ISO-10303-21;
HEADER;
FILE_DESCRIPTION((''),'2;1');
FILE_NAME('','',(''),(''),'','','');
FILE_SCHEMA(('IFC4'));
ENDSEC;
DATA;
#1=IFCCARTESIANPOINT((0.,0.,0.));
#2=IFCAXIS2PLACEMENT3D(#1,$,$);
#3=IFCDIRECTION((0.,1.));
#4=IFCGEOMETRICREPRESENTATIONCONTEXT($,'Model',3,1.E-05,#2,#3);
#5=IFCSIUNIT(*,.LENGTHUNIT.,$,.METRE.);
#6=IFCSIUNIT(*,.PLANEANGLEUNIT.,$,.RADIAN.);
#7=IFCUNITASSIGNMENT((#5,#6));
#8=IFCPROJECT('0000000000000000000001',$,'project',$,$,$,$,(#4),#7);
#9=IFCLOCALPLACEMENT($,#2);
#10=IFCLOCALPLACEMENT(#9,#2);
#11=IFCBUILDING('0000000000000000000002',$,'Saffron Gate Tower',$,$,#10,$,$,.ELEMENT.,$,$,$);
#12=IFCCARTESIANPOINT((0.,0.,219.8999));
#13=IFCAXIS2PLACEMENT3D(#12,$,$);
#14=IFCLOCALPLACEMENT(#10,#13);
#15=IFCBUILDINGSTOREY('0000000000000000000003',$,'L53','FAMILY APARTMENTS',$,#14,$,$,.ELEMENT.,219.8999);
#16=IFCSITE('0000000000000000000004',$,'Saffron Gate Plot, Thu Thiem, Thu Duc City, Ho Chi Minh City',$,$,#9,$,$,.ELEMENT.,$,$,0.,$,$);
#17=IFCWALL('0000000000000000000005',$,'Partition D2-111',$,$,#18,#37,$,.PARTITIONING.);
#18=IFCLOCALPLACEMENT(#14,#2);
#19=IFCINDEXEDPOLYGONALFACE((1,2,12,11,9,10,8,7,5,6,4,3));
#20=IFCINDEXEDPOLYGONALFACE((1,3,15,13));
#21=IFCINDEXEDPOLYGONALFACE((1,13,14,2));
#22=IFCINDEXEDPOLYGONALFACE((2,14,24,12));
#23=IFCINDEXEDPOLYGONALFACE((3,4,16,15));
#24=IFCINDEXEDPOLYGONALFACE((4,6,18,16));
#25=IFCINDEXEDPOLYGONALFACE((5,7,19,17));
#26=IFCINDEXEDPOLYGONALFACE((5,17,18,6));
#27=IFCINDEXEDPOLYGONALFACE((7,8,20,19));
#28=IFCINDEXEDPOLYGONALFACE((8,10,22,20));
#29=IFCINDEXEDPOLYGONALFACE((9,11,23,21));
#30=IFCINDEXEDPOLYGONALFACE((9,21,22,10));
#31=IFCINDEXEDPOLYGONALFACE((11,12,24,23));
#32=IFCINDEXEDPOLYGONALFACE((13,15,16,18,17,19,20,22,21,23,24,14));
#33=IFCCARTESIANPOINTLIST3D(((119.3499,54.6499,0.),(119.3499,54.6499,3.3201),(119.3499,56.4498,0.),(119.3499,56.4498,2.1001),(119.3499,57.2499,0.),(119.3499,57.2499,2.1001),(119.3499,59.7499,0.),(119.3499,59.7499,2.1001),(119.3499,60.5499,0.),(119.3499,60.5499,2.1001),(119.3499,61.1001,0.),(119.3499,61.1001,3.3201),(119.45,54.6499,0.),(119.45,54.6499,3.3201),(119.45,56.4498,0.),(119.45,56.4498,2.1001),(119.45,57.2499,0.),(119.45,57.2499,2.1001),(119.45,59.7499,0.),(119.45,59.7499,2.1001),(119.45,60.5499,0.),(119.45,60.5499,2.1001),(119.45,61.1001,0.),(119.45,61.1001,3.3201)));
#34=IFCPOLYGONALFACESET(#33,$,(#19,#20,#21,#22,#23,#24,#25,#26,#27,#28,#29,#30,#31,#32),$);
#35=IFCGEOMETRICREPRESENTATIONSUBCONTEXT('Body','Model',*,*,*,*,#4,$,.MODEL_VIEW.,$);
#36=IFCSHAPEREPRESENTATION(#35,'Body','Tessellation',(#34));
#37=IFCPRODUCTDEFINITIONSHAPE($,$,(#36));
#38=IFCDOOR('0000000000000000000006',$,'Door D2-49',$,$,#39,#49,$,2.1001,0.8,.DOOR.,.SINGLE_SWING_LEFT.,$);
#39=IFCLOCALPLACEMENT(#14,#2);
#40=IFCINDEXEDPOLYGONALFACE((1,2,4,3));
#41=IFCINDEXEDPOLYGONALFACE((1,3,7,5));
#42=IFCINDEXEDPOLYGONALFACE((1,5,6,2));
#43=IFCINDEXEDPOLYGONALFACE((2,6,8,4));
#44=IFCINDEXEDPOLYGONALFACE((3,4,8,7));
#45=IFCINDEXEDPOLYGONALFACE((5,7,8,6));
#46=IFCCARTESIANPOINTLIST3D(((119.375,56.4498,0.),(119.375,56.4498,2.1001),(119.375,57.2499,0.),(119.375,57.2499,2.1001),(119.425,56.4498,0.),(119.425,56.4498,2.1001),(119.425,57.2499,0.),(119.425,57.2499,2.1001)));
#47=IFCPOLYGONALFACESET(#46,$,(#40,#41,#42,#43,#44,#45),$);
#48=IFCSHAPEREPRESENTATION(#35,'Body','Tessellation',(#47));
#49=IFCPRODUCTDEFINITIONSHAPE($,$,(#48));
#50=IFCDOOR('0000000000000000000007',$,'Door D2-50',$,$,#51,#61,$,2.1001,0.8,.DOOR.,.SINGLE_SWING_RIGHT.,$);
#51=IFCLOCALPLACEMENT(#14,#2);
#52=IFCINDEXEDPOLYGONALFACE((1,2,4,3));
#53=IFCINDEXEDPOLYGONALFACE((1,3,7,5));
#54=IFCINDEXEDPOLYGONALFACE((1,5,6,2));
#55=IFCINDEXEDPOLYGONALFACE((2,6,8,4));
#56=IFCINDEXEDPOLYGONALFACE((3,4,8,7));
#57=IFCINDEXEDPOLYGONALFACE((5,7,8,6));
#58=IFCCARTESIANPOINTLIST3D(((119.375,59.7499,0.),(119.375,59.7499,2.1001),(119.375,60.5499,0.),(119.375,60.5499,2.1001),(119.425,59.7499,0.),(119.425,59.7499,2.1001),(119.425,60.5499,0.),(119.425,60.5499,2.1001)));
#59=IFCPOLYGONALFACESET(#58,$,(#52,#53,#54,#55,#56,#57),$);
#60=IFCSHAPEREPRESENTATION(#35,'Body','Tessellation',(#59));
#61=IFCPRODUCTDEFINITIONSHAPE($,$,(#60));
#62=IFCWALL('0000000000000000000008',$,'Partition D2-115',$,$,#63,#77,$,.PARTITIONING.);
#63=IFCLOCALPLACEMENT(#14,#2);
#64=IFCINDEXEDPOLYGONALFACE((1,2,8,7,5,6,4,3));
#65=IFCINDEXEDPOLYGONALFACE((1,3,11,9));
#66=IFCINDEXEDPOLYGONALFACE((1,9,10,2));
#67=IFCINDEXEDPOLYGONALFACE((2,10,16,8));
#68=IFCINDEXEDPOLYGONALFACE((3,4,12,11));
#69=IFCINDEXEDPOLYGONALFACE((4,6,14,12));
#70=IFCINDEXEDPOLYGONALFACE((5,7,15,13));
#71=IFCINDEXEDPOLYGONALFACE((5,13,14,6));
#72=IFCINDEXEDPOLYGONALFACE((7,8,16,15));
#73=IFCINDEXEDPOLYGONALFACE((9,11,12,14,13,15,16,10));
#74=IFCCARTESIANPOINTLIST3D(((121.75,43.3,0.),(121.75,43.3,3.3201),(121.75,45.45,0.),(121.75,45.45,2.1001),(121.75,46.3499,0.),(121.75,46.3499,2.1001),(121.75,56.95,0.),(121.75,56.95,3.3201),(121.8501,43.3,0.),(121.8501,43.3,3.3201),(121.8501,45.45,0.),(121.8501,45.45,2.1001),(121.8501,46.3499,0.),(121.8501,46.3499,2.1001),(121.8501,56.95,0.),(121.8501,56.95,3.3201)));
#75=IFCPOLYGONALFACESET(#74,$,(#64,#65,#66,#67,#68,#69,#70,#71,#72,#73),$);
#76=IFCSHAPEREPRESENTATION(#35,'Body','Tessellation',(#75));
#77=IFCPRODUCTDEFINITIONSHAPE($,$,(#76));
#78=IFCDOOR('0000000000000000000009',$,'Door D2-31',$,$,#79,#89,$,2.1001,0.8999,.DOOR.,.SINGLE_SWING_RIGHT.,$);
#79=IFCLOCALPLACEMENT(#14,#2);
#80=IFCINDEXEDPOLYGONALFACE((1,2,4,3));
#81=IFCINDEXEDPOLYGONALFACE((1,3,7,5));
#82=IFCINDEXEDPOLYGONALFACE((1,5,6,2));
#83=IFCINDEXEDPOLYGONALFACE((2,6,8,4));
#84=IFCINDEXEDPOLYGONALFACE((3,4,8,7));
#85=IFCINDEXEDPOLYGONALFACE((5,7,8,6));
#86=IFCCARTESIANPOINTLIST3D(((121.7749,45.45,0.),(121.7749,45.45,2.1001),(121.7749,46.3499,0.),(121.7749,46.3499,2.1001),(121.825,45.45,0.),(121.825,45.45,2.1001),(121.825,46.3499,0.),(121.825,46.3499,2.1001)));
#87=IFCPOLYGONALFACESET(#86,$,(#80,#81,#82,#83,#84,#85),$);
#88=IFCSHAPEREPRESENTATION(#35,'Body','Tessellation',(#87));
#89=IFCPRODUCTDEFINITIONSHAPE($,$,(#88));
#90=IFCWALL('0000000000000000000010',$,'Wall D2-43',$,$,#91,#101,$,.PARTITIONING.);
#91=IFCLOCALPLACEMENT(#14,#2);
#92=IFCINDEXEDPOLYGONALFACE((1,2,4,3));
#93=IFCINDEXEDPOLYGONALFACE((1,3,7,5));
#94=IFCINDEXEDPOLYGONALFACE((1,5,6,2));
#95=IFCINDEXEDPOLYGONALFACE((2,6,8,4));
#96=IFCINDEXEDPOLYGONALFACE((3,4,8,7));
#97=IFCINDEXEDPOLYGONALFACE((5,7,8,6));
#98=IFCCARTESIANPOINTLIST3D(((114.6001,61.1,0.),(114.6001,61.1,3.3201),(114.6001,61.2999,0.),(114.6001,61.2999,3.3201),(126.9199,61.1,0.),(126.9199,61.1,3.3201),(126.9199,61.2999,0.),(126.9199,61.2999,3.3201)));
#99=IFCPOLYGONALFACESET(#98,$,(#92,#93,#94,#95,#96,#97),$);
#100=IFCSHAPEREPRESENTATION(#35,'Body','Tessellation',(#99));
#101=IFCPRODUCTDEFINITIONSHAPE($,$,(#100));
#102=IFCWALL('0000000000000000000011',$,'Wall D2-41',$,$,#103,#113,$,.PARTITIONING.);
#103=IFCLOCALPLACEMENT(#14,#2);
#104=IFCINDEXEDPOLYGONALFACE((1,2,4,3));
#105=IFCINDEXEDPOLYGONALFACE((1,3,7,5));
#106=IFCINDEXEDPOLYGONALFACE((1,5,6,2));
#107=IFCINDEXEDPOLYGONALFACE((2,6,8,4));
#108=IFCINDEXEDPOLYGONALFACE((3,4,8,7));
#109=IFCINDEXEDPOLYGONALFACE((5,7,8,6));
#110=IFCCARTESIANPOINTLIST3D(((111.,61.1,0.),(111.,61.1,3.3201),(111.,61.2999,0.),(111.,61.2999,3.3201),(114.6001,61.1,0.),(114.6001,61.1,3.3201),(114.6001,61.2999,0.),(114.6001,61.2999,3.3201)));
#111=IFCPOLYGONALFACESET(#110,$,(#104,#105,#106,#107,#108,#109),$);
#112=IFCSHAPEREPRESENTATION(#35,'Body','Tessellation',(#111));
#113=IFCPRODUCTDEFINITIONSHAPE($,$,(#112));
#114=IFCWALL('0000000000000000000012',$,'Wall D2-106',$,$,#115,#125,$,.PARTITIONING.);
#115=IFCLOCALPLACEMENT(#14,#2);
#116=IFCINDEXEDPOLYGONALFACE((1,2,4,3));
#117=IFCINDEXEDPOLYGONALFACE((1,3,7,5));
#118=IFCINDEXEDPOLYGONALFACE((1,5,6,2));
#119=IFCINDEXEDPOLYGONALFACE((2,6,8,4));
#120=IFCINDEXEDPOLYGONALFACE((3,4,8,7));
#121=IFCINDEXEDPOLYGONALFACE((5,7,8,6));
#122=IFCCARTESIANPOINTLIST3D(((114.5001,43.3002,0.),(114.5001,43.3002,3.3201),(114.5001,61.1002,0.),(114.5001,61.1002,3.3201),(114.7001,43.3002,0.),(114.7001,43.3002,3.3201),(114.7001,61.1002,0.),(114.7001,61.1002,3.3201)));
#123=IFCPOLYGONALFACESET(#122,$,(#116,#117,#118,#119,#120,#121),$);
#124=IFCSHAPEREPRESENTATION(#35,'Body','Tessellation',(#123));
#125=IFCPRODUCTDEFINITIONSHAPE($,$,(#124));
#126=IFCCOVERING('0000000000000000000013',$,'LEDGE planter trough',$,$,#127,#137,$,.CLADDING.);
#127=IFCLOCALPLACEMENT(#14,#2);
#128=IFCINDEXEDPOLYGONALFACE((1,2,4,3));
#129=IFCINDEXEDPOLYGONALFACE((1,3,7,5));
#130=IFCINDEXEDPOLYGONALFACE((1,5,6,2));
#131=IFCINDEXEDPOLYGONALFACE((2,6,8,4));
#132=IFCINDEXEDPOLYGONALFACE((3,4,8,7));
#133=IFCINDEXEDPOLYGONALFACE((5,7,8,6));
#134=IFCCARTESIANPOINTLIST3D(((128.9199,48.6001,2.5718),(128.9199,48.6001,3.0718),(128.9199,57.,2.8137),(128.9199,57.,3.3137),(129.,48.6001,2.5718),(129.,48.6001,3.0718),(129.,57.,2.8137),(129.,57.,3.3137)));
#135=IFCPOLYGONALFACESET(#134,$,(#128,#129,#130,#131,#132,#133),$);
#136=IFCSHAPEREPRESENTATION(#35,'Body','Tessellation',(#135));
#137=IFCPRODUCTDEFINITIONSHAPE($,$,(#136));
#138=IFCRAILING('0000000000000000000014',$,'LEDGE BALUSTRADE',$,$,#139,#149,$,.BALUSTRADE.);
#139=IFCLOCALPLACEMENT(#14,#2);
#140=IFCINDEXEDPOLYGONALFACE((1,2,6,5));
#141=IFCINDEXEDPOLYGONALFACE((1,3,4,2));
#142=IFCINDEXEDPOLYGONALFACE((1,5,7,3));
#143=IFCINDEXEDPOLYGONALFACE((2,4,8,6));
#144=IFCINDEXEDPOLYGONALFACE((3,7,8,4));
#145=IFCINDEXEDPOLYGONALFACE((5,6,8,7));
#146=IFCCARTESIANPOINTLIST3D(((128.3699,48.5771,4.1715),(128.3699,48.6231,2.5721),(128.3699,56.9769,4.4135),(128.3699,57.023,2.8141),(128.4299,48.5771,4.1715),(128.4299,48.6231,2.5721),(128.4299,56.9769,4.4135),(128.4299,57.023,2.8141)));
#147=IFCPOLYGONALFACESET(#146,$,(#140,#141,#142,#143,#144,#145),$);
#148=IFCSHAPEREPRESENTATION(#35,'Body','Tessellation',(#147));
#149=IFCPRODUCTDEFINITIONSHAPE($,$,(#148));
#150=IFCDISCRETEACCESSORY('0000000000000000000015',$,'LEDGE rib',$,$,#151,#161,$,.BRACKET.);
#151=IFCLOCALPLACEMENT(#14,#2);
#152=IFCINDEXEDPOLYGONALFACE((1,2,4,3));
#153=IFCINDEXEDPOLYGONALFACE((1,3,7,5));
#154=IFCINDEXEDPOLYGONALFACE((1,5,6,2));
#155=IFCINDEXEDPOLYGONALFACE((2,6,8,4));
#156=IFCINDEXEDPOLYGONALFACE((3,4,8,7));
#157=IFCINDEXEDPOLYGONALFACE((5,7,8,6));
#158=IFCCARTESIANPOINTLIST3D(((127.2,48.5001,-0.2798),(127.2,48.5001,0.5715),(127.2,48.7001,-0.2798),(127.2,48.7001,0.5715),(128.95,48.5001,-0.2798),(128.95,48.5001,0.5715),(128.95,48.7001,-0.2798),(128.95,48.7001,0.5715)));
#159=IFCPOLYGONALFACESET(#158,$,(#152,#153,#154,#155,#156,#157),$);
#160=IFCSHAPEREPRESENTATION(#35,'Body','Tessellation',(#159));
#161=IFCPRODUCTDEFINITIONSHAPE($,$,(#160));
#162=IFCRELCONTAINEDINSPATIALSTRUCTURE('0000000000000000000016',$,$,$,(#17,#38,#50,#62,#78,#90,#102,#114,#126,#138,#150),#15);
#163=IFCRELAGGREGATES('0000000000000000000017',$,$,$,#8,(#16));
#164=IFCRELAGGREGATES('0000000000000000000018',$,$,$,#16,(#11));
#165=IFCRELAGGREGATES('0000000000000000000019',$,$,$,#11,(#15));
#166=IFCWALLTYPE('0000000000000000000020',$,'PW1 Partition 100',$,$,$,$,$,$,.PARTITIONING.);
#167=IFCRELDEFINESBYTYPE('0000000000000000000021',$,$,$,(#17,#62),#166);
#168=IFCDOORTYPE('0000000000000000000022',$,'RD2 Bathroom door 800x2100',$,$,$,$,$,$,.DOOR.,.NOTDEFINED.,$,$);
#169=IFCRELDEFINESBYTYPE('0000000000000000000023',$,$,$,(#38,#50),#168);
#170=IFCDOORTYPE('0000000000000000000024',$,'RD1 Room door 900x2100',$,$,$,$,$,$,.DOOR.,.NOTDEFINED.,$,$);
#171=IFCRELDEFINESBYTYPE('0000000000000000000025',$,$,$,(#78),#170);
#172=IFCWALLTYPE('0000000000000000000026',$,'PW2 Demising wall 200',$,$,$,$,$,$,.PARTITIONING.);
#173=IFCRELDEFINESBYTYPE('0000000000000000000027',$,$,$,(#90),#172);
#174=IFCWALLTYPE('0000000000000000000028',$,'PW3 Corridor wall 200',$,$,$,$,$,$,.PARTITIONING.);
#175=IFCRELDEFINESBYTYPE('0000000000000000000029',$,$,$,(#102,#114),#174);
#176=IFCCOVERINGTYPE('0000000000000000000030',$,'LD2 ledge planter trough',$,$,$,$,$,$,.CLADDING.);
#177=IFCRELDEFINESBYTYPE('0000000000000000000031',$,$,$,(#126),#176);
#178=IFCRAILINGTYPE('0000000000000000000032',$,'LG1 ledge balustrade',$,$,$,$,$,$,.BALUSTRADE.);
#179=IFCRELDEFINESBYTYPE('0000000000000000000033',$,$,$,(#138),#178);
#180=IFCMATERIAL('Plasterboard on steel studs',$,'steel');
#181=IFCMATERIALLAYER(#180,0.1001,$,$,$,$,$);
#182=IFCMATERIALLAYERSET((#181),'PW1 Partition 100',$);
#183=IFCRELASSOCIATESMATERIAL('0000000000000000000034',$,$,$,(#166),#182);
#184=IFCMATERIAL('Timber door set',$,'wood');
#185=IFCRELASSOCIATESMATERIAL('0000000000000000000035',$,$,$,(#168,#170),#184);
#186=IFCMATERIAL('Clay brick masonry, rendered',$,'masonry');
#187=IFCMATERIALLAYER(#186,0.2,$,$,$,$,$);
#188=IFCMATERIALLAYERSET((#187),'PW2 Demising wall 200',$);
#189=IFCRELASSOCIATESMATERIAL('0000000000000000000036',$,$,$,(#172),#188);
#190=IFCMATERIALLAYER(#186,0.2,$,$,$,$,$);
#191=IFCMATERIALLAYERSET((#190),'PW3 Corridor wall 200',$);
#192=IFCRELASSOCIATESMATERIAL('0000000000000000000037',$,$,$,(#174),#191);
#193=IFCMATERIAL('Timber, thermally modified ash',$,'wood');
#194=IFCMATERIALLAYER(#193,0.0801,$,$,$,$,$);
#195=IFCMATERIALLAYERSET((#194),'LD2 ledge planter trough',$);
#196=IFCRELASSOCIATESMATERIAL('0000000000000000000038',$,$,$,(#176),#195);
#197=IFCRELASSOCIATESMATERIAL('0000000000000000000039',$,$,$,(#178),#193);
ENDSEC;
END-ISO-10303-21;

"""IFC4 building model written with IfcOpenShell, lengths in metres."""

from ifc_helpers import new_model, si_unit, direction, frame, frame_2d, origin, origin_2d, place, context, subcontext, project, spatial, polyline, rectangle, outline, extrude, material, layer, layer_set, type_object, element, fill, save


model = new_model("IFC4")

# Units and contexts
model_context = context("Model", 3, precision=1e-05, world=origin(), true_north=direction((0.0, 1.0)))
body_context = subcontext(model_context, "Body", "Model", "MODEL_VIEW")
ifc_project = project(units=[si_unit("LENGTHUNIT", "METRE"), si_unit("PLANEANGLEUNIT", "RADIAN")], contexts=[model_context])

# Site, building, storey
site_placement = place(None, origin())
site = spatial("IfcSite", under=ifc_project, at=site_placement, Name="Saffron Gate Plot, Thu Thiem, Thu Duc City, Ho Chi Minh City", CompositionType="ELEMENT", RefElevation=0.0)
building_placement = place(site_placement, origin())
building = spatial("IfcBuilding", under=site, at=building_placement, Name="Saffron Gate Tower", CompositionType="ELEMENT")
storey_placement = place(building_placement, frame((0.0, 0.0, 219.8999)))
storey = spatial("IfcBuildingStorey", under=building, at=storey_placement, Name="L53", Description="FAMILY APARTMENTS", CompositionType="ELEMENT", Elevation=219.8999)

# Shared definitions
ifc_material_1 = material(Name="Plasterboard on steel studs", Category="steel")
ifc_layer_1 = layer(ifc_material_1, 0.1001)
ifc_layer_set_1 = layer_set([ifc_layer_1], Name="PW1 Partition 100")
wall_type_1 = type_object("IfcWallType", Name="PW1 Partition 100", PredefinedType="PARTITIONING", material=ifc_layer_set_1)

# Shared definitions
ifc_material_2 = material(Name="Timber door set", Category="wood")
door_type_1 = type_object("IfcDoorType", Name="RD2 Bathroom door 800x2100", OperationType="NOTDEFINED", PredefinedType="DOOR", material=ifc_material_2)
door_type_2 = type_object("IfcDoorType", Name="RD1 Room door 900x2100", OperationType="NOTDEFINED", PredefinedType="DOOR", material=ifc_material_2)

# Wall, openings, doors
wall_1_placement = place(storey_placement, frame((119.3999, 54.6499, 0.0), z_axis=(0.0, 0.0, 1.0), x_axis=(0.0, 1.0, 0.0)))
wall_1 = element("IfcWall", 1, at=wall_1_placement, inside=storey, type_object=wall_type_1, Name="Partition D2-111", PredefinedType="PARTITIONING", context=body_context, shape_type="SweptSolid", body=[
    extrude(rectangle(XDim=6.4502, YDim=0.1001, at=frame_2d((3.2251, 0.0))), origin(), (0.0, 0.0, 1.0), 3.3201),
])
opening_1_placement = place(wall_1_placement, frame((1.8, 0.0, 0.0)))
opening_1 = element("IfcOpeningElement", 2, at=opening_1_placement, cuts=wall_1, PredefinedType="OPENING", context=body_context, shape_type="SweptSolid", body=[
    extrude(rectangle(XDim=0.8, YDim=2.1001, at=frame_2d((0.3999, 1.05))), frame((0.0, 0.0601, 0.0), z_axis=(0.0, -1.0, 0.0), x_axis=(1.0, 0.0, 0.0)), (0.0, 0.0, 1.0), 0.1201),
])
opening_2_placement = place(wall_1_placement, frame((5.1001, 0.0, 0.0)))
opening_2 = element("IfcOpeningElement", 3, at=opening_2_placement, cuts=wall_1, PredefinedType="OPENING", context=body_context, shape_type="SweptSolid", body=[
    extrude(rectangle(XDim=0.8, YDim=2.1001, at=frame_2d((0.3999, 1.05))), frame((0.0, 0.0601, 0.0), z_axis=(0.0, -1.0, 0.0), x_axis=(1.0, 0.0, 0.0)), (0.0, 0.0, 1.0), 0.1201),
])
door_1_placement = place(opening_1_placement, origin())
door_1 = element("IfcDoor", 4, at=door_1_placement, inside=storey, type_object=door_type_1, Name="Door D2-49", OperationType="SINGLE_SWING_LEFT", OverallHeight=2.1001, OverallWidth=0.8, PredefinedType="DOOR", context=body_context, shape_type="SweptSolid", body=[
    extrude(rectangle(XDim=0.8, YDim=2.1001, at=frame_2d((0.3999, 1.05))), frame((0.0, 0.0249, 0.0), z_axis=(0.0, -1.0, 0.0), x_axis=(1.0, 0.0, 0.0)), (0.0, 0.0, 1.0), 0.05),
])
fill(opening_1, door_1)
door_2_placement = place(opening_2_placement, origin())
door_2 = element("IfcDoor", 5, at=door_2_placement, inside=storey, type_object=door_type_1, Name="Door D2-50", OperationType="SINGLE_SWING_RIGHT", OverallHeight=2.1001, OverallWidth=0.8, PredefinedType="DOOR", context=body_context, shape_type="SweptSolid", body=[
    extrude(rectangle(XDim=0.8, YDim=2.1001, at=frame_2d((0.3999, 1.05))), frame((0.0, 0.0249, 0.0), z_axis=(0.0, -1.0, 0.0), x_axis=(1.0, 0.0, 0.0)), (0.0, 0.0, 1.0), 0.05),
])
fill(opening_2, door_2)

# Wall, opening, door
wall_2_placement = place(storey_placement, frame((121.8, 56.95, 0.0), z_axis=(0.0, 0.0, 1.0), x_axis=(0.0, -1.0, 0.0)))
wall_2 = element("IfcWall", 6, at=wall_2_placement, inside=storey, type_object=wall_type_1, Name="Partition D2-115", PredefinedType="PARTITIONING", context=body_context, shape_type="SweptSolid", body=[
    extrude(rectangle(XDim=13.6499, YDim=0.1001, at=frame_2d((6.825, 0.0))), origin(), (0.0, 0.0, 1.0), 3.3201),
])
opening_3_placement = place(wall_2_placement, frame((10.6001, 0.0, 0.0)))
opening_3 = element("IfcOpeningElement", 7, at=opening_3_placement, cuts=wall_2, PredefinedType="OPENING", context=body_context, shape_type="SweptSolid", body=[
    extrude(rectangle(XDim=0.8999, YDim=2.1001, at=frame_2d((0.45, 1.05))), frame((0.0, 0.0601, 0.0), z_axis=(0.0, -1.0, 0.0), x_axis=(1.0, 0.0, 0.0)), (0.0, 0.0, 1.0), 0.1201),
])
door_3_placement = place(opening_3_placement, origin())
door_3 = element("IfcDoor", 8, at=door_3_placement, inside=storey, type_object=door_type_2, Name="Door D2-31", OperationType="SINGLE_SWING_RIGHT", OverallHeight=2.1001, OverallWidth=0.8999, PredefinedType="DOOR", context=body_context, shape_type="SweptSolid", body=[
    extrude(rectangle(XDim=0.8999, YDim=2.1001, at=frame_2d((0.45, 1.05))), frame((0.0, 0.0249, 0.0), z_axis=(0.0, -1.0, 0.0), x_axis=(1.0, 0.0, 0.0)), (0.0, 0.0, 1.0), 0.05),
])
fill(opening_3, door_3)

# Walls
ifc_material_3 = material(Name="Clay brick masonry, rendered", Category="masonry")
ifc_layer_2 = layer(ifc_material_3, 0.2)
ifc_layer_set_2 = layer_set([ifc_layer_2], Name="PW2 Demising wall 200")
wall_type_2 = type_object("IfcWallType", Name="PW2 Demising wall 200", PredefinedType="PARTITIONING", material=ifc_layer_set_2)
wall_3_placement = place(storey_placement, frame((114.6001, 61.2, 0.0), z_axis=(0.0, 0.0, 1.0), x_axis=(1.0, 0.0, 0.0)))
element("IfcWall", 9, at=wall_3_placement, inside=storey, type_object=wall_type_2, Name="Wall D2-43", PredefinedType="PARTITIONING", context=body_context, shape_type="SweptSolid", body=[
    extrude(rectangle(XDim=12.3198, YDim=0.2, at=frame_2d((6.1599, 0.0))), origin(), (0.0, 0.0, 1.0), 3.3201),
])
ifc_layer_3 = layer(ifc_material_3, 0.2)
ifc_layer_set_3 = layer_set([ifc_layer_3], Name="PW3 Corridor wall 200")
wall_type_3 = type_object("IfcWallType", Name="PW3 Corridor wall 200", PredefinedType="PARTITIONING", material=ifc_layer_set_3)
wall_4_placement = place(storey_placement, frame((111.0, 61.2, 0.0), z_axis=(0.0, 0.0, 1.0), x_axis=(1.0, 0.0, 0.0)))
element("IfcWall", 10, at=wall_4_placement, inside=storey, type_object=wall_type_3, Name="Wall D2-41", PredefinedType="PARTITIONING", context=body_context, shape_type="SweptSolid", body=[
    extrude(rectangle(XDim=3.6001, YDim=0.2, at=frame_2d((1.8, 0.0))), origin(), (0.0, 0.0, 1.0), 3.3201),
])
wall_5_placement = place(storey_placement, frame((114.6001, 61.1001, 0.0), z_axis=(0.0, 0.0, 1.0), x_axis=(0.0, -1.0, 0.0)))
element("IfcWall", 11, at=wall_5_placement, inside=storey, type_object=wall_type_3, Name="Wall D2-106", PredefinedType="PARTITIONING", context=body_context, shape_type="SweptSolid", body=[
    extrude(rectangle(XDim=17.8, YDim=0.2, at=frame_2d((8.8999, 0.0))), origin(), (0.0, 0.0, 1.0), 3.3201),
])

# Covering
ifc_material_4 = material(Name="Timber, thermally modified ash", Category="wood")
ifc_layer_4 = layer(ifc_material_4, 0.0801)
ifc_layer_set_4 = layer_set([ifc_layer_4], Name="LD2 ledge planter trough")
covering_type = type_object("IfcCoveringType", Name="LD2 ledge planter trough", PredefinedType="CLADDING", material=ifc_layer_set_4)
covering_placement = place(storey_placement, frame((129.0, 48.6001, 2.5718), z_axis=(1.0, 0.0, 0.0), x_axis=(0.0, 0.999585, 0.028791)))
element("IfcCovering", 12, at=covering_placement, inside=storey, type_object=covering_type, Name="LEDGE planter trough", PredefinedType="CLADDING", context=body_context, shape_type="SweptSolid", body=[
    extrude(outline(polyline([(0.0, 0.0), (8.4034, 0.0), (8.4178, 0.4998), (0.0144, 0.4998), (0.0, 0.0)])), origin(), (0.0, 0.0, -1.0), 0.0801),
])

# Railing
railing_type = type_object("IfcRailingType", Name="LG1 ledge balustrade", PredefinedType="BALUSTRADE", material=ifc_material_4)
railing_placement = place(storey_placement, frame((128.3999, 48.6001, 2.5718)))
element("IfcRailing", 13, at=railing_placement, inside=storey, type_object=railing_type, Name="LEDGE BALUSTRADE", PredefinedType="BALUSTRADE", context=body_context, shape_type="SweptSolid", body=[
    extrude(rectangle(XDim=0.0601, YDim=1.6001, at=origin_2d()), frame((0.0, 0.0, 0.8), z_axis=(0.0, 0.999585, 0.028791), x_axis=(-1.0, 0.0, 0.0)), (0.0, 0.0, 1.0), 8.4033),
])

# Discrete accessory
discrete_accessory_placement = place(storey_placement, frame((128.075, 48.6001, -0.2798), z_axis=(0.0, 0.0, 1.0), x_axis=(0.0, 1.0, 0.0)))
element("IfcDiscreteAccessory", 14, at=discrete_accessory_placement, inside=storey, Name="LEDGE rib", PredefinedType="BRACKET", context=body_context, shape_type="SweptSolid", body=[
    extrude(rectangle(XDim=0.2, YDim=1.75, at=origin_2d()), origin(), (0.0, 0.0, 1.0), 0.8513),
])

save(model, "model.ifc")
